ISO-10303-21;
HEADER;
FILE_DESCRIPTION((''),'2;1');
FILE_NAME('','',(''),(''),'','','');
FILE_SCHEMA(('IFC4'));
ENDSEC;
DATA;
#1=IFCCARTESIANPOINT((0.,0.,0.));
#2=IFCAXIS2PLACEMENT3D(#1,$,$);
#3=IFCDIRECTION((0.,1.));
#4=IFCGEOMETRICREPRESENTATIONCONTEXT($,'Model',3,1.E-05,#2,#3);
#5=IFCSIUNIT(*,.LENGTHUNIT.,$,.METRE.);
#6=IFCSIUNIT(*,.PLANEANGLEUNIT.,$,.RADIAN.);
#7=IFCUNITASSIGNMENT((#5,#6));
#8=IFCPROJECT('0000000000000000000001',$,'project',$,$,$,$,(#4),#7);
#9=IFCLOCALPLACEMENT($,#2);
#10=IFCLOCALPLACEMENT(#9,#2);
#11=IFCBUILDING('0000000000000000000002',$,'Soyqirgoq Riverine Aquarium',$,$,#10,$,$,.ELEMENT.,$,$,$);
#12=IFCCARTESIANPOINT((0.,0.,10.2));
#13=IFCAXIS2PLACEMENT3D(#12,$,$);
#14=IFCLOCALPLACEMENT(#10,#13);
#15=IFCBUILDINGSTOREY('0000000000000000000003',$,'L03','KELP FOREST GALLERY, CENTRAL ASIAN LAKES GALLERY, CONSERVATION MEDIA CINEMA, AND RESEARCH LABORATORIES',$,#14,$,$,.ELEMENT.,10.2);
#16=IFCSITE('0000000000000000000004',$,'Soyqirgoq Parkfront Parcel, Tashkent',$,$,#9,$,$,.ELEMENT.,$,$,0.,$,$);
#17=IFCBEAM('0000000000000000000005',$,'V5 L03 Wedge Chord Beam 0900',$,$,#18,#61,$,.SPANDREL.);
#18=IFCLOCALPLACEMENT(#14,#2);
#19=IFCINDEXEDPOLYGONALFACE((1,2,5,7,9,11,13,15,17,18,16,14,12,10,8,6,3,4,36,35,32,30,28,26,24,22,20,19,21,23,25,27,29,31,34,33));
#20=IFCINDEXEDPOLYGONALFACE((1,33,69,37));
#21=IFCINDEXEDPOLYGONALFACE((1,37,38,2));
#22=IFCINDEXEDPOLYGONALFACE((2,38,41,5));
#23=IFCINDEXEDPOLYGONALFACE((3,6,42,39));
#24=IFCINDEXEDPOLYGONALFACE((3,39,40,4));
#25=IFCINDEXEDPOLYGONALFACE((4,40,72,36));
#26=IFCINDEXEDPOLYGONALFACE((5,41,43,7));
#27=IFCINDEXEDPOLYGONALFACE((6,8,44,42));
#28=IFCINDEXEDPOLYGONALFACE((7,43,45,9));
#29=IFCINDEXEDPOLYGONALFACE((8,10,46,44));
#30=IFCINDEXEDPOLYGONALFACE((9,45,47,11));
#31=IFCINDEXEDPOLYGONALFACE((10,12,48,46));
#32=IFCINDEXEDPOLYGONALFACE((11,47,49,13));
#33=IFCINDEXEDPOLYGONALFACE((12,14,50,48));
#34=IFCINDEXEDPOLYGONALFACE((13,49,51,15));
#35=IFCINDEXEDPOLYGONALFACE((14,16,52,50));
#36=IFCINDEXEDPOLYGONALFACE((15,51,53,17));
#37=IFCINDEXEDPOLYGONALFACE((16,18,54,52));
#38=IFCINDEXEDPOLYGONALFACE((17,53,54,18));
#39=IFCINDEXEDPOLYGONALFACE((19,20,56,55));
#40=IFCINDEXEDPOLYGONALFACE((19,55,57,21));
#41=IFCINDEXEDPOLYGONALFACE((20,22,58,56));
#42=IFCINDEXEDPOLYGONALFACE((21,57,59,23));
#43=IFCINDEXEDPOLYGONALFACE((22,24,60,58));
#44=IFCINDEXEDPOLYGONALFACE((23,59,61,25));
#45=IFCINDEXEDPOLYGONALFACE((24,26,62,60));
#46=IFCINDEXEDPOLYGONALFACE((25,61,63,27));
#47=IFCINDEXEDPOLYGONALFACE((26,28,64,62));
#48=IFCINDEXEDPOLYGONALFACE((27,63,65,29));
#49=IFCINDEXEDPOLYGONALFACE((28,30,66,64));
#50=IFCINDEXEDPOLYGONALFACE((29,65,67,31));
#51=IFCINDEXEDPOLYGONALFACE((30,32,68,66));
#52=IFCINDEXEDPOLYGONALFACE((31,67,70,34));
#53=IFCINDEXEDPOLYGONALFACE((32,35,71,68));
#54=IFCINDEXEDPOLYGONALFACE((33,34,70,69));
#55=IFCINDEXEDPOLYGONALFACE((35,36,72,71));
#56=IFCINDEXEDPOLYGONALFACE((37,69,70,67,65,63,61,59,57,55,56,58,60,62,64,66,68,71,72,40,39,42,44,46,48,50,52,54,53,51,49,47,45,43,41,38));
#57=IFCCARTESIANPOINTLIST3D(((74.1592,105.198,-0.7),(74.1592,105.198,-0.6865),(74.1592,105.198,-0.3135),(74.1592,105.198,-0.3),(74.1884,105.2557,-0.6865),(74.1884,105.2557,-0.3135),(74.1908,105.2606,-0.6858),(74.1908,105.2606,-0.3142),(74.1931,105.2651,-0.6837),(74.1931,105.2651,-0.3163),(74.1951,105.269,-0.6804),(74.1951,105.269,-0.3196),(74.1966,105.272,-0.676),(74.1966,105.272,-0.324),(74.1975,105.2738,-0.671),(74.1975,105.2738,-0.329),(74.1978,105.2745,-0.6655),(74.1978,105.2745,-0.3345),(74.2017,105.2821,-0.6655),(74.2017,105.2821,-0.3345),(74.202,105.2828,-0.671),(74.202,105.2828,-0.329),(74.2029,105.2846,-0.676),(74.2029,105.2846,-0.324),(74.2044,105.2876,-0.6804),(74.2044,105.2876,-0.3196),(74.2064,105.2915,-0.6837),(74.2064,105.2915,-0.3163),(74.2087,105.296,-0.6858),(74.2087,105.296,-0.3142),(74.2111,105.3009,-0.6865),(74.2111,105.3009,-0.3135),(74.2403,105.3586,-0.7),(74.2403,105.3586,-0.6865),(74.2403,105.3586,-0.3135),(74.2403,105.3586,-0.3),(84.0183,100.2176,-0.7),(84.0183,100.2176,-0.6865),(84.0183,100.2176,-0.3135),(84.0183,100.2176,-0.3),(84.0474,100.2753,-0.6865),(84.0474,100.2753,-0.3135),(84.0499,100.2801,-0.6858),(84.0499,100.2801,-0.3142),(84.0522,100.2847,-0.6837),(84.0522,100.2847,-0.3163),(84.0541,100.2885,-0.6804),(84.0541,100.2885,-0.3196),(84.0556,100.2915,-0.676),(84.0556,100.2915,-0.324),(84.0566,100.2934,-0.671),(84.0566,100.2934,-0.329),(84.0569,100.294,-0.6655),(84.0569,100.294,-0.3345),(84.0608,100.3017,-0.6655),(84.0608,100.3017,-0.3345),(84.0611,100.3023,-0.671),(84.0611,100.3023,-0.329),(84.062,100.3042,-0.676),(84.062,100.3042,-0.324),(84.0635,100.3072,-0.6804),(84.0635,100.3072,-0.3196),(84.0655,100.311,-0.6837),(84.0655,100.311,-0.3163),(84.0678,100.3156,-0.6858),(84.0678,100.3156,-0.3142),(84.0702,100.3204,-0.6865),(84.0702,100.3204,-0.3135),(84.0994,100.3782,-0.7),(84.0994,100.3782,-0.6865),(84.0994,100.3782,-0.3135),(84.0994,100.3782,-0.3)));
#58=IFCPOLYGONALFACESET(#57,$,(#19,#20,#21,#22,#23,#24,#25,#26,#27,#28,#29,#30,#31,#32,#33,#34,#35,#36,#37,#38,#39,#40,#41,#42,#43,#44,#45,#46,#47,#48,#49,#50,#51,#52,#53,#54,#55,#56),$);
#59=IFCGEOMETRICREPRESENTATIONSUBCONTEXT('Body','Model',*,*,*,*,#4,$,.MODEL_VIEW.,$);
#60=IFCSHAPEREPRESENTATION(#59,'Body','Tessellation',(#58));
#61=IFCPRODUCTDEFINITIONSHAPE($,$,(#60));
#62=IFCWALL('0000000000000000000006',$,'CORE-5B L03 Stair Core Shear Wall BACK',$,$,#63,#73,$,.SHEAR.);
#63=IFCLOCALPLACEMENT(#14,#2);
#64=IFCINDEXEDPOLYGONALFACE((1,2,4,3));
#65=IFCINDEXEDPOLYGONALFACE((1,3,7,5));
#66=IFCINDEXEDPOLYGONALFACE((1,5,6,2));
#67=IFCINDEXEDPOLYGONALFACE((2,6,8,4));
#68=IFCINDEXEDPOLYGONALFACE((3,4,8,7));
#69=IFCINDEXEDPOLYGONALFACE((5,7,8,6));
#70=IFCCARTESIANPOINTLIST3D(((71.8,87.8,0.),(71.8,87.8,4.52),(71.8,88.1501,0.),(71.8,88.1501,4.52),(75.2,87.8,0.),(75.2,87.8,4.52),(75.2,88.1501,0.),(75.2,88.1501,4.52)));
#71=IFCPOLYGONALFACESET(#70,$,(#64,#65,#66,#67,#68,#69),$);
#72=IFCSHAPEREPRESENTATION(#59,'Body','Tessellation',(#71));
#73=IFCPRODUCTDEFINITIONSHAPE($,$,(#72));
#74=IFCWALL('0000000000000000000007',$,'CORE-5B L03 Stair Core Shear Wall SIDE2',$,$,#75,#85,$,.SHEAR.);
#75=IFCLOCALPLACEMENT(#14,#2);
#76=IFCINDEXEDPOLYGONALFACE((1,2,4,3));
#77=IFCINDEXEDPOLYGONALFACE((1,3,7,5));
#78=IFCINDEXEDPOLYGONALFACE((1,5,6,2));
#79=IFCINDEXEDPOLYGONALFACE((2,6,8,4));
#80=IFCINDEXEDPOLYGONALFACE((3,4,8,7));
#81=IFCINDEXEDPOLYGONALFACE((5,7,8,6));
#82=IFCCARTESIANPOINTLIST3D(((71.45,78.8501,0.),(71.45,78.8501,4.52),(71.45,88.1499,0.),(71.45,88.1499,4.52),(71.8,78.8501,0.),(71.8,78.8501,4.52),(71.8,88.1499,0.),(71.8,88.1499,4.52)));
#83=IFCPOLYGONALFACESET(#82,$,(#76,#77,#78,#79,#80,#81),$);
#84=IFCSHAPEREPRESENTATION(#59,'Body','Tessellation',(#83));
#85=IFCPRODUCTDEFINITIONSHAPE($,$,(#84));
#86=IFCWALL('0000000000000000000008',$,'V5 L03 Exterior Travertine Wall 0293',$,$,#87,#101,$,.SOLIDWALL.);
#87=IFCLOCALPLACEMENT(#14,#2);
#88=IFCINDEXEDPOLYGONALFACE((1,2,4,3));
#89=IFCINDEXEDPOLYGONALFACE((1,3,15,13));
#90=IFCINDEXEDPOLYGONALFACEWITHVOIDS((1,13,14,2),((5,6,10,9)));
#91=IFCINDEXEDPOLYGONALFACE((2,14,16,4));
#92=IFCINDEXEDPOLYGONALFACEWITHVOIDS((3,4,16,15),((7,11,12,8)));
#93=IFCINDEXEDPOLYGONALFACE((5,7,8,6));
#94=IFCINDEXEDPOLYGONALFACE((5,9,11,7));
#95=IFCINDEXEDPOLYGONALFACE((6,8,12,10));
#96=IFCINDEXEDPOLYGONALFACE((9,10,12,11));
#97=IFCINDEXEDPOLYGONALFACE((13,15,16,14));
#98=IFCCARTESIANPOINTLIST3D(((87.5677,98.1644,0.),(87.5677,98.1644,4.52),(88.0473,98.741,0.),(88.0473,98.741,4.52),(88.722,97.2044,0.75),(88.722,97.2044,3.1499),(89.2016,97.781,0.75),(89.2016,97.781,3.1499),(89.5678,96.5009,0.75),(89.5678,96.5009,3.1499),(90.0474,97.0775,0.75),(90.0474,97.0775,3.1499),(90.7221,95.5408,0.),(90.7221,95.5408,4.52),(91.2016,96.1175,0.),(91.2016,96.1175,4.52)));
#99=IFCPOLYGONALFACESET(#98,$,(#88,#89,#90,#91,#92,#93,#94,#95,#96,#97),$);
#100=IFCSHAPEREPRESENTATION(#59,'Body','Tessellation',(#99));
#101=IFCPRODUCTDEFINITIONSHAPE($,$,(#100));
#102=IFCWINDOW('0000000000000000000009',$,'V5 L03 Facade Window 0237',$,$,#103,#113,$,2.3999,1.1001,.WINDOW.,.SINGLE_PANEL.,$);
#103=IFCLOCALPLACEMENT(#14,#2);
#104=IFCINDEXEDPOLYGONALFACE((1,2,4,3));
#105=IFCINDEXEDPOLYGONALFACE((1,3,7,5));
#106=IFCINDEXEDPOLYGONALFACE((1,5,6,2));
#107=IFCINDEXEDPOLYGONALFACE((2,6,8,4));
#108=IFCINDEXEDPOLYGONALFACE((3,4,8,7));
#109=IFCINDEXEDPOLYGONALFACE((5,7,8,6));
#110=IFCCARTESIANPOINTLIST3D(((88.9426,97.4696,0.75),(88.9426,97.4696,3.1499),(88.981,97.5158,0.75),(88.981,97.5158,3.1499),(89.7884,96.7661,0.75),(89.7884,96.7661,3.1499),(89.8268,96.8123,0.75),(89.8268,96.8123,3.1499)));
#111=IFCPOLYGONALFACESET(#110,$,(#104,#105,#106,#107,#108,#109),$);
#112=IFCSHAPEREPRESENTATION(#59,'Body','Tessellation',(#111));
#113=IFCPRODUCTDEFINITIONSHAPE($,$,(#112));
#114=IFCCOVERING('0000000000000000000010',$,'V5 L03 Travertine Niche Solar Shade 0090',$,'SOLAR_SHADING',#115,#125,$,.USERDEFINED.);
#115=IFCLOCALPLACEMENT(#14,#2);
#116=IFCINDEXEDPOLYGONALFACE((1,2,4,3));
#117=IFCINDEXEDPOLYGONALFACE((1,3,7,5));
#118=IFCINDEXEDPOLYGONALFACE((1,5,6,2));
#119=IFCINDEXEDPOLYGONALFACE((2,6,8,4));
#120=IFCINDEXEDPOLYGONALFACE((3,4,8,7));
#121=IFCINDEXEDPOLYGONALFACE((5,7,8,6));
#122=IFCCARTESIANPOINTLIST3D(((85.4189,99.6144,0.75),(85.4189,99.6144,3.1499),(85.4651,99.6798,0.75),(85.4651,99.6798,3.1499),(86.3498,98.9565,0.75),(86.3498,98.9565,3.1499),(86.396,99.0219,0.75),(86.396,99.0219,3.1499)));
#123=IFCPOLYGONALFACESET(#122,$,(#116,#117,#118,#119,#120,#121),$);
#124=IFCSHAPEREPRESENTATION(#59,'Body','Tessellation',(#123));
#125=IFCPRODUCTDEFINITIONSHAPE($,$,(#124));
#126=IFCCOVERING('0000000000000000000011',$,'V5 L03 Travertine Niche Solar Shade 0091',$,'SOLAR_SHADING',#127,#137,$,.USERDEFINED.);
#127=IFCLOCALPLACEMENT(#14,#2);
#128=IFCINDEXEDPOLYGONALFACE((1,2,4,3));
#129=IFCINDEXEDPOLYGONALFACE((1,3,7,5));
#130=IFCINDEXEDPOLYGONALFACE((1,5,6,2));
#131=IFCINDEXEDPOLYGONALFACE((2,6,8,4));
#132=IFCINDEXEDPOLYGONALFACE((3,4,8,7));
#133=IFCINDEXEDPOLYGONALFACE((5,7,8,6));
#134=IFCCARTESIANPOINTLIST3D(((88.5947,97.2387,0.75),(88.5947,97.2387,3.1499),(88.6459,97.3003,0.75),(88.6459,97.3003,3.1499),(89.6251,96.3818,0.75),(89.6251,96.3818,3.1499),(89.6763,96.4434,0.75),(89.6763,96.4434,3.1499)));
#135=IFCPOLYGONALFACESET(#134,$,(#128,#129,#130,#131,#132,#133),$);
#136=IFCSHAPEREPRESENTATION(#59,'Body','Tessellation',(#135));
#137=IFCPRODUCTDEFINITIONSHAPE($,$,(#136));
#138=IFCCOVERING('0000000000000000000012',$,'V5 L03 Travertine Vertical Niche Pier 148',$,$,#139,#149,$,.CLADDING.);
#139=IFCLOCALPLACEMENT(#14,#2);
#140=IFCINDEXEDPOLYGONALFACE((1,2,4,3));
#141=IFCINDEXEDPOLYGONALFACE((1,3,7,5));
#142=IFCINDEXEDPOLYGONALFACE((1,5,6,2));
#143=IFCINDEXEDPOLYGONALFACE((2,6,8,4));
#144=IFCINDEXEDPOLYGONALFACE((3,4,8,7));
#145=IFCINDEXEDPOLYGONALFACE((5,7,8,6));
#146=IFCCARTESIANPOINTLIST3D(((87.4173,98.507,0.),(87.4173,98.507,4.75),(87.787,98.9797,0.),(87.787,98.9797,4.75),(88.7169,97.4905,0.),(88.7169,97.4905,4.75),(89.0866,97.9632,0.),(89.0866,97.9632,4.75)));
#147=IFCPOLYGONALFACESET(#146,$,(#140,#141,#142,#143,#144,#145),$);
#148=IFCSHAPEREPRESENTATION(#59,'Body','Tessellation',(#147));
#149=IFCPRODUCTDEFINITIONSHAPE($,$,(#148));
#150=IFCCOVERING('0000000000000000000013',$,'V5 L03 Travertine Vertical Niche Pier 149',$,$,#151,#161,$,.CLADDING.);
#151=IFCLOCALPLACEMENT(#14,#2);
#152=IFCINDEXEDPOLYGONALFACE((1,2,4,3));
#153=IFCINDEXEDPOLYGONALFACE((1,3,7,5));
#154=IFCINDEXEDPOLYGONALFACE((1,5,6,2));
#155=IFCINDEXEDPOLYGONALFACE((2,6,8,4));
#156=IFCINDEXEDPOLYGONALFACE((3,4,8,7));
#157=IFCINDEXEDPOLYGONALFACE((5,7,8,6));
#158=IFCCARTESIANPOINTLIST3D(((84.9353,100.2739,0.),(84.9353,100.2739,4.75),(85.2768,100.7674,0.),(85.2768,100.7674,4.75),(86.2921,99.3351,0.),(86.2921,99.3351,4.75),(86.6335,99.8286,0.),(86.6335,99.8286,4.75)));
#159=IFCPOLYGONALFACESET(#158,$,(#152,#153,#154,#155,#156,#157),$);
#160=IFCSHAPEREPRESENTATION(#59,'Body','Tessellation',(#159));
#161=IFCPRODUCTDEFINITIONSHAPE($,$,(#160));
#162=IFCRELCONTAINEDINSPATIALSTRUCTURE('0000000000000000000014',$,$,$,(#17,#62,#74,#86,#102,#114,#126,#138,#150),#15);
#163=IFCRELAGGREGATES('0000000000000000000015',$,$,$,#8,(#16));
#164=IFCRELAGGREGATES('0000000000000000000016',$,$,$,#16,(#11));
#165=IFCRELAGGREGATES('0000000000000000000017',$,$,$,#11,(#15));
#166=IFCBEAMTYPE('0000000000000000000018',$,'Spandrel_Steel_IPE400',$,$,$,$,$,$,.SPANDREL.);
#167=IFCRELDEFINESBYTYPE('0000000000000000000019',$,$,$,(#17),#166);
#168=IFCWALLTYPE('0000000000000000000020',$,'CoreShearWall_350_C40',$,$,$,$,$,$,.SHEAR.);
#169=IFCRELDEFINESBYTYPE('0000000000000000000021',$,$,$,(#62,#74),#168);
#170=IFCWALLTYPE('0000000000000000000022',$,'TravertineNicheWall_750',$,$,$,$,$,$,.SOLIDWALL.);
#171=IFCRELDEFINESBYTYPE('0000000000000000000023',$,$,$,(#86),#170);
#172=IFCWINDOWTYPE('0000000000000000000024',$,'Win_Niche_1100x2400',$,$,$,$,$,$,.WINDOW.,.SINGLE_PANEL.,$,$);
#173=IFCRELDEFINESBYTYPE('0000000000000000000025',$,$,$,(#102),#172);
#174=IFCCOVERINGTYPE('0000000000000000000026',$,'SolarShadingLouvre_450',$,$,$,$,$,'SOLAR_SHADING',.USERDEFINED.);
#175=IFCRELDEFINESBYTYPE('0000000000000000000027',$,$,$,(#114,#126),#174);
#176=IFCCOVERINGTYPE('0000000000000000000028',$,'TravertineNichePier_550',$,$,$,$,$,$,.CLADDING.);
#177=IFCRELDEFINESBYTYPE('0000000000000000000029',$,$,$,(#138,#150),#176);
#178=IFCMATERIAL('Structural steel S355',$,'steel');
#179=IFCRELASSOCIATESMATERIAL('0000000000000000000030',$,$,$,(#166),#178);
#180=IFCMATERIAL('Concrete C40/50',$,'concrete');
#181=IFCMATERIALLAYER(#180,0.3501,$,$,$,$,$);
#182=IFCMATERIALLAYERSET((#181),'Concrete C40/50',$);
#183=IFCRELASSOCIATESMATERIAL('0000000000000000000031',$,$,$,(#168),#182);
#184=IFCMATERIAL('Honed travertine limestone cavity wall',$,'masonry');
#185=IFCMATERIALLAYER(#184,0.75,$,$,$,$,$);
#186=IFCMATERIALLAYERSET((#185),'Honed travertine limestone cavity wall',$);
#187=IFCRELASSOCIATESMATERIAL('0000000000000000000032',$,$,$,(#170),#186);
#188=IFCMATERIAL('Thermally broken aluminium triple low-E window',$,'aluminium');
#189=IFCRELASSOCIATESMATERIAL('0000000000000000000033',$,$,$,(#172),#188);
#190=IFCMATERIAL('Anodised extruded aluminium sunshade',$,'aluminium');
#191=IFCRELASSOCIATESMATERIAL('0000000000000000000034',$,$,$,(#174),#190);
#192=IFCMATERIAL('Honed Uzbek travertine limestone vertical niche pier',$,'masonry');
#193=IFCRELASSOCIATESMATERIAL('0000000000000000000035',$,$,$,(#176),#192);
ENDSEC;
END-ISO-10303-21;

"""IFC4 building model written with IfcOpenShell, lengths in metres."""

from ifc_helpers import new_model, si_unit, direction, frame, frame_2d, origin, origin_2d, place, context, subcontext, project, spatial, rectangle, i_section, extrude, material, layer, layer_set, material_profile, profile_set, type_object, element, fill, save


model = new_model("IFC4")

# Units and contexts
model_context = context("Model", 3, precision=1e-05, world=origin(), true_north=direction((0.0, 1.0)))
body_context = subcontext(model_context, "Body", "Model", "MODEL_VIEW")
ifc_project = project(units=[si_unit("LENGTHUNIT", "METRE"), si_unit("PLANEANGLEUNIT", "RADIAN")], contexts=[model_context])

# Site, building, storey
site_placement = place(None, origin())
site = spatial("IfcSite", under=ifc_project, at=site_placement, Name="Soyqirgoq Parkfront Parcel, Tashkent", CompositionType="ELEMENT", RefElevation=0.0)
building_placement = place(site_placement, origin())
building = spatial("IfcBuilding", under=site, at=building_placement, Name="Soyqirgoq Riverine Aquarium", CompositionType="ELEMENT")
storey_placement = place(building_placement, frame((0.0, 0.0, 10.2)))
storey = spatial("IfcBuildingStorey", under=building, at=storey_placement, Name="L03", Description="KELP FOREST GALLERY, CENTRAL ASIAN LAKES GALLERY, CONSERVATION MEDIA CINEMA, AND RESEARCH LABORATORIES", CompositionType="ELEMENT", Elevation=10.2)

# Beam
ifc_material_1 = material(Name="Structural steel S355", Category="steel")
ifc_material_profile_1 = material_profile(ifc_material_1, i_section(OverallWidth=0.1799, OverallDepth=0.3999, WebThickness=0.0085, FlangeThickness=0.0134, FilletRadius=0.021, at=origin_2d()), Name="IPE 400")
ifc_profile_set_1 = profile_set([ifc_material_profile_1], Name="Structural steel S355")
beam_type_1 = type_object("IfcBeamType", Name="Spandrel_Steel_IPE400", PredefinedType="SPANDREL", material=ifc_profile_set_1)
beam_1_placement = place(storey_placement, frame((84.0588, 100.2979, -0.5), z_axis=(-0.892576, 0.450897, 0.0), x_axis=(-0.450897, -0.892576, 0.0)))
element("IfcBeam", 1, at=beam_1_placement, inside=storey, type_object=beam_type_1, Name="V5 L03 Wedge Chord Beam 0900", PredefinedType="SPANDREL", context=body_context, shape_type="SweptSolid", body=[
    extrude(i_section(OverallWidth=0.1799, OverallDepth=0.3999, WebThickness=0.0085, FlangeThickness=0.0134, FilletRadius=0.021, at=origin_2d()), origin(), (0.0, 0.0, 1.0), 11.0457),
])

# Walls
ifc_material_2 = material(Name="Concrete C40/50", Category="concrete")
ifc_layer_1 = layer(ifc_material_2, 0.3501)
ifc_layer_set_1 = layer_set([ifc_layer_1], Name="Concrete C40/50")
wall_type_1 = type_object("IfcWallType", Name="CoreShearWall_350_C40", PredefinedType="SHEAR", material=ifc_layer_set_1)
wall_1_placement = place(storey_placement, frame((75.2, 87.9751, 0.0), z_axis=(0.0, 0.0, 1.0), x_axis=(-1.0, 0.0, 0.0)))
element("IfcWall", 2, at=wall_1_placement, inside=storey, type_object=wall_type_1, Name="CORE-5B L03 Stair Core Shear Wall BACK", PredefinedType="SHEAR", context=body_context, shape_type="SweptSolid", body=[
    extrude(rectangle(XDim=3.3999, YDim=0.3501, at=frame_2d((1.7, 0.0))), origin(), (0.0, 0.0, 1.0), 4.52),
])
wall_2_placement = place(storey_placement, frame((71.625, 88.1499, 0.0), z_axis=(0.0, 0.0, 1.0), x_axis=(0.0, -1.0, 0.0)))
element("IfcWall", 3, at=wall_2_placement, inside=storey, type_object=wall_type_1, Name="CORE-5B L03 Stair Core Shear Wall SIDE2", PredefinedType="SHEAR", context=body_context, shape_type="SweptSolid", body=[
    extrude(rectangle(XDim=9.2998, YDim=0.3501, at=frame_2d((4.6499, 0.0))), origin(), (0.0, 0.0, 1.0), 4.52),
])

# Wall, opening, window
ifc_material_3 = material(Name="Honed travertine limestone cavity wall", Category="masonry")
ifc_layer_2 = layer(ifc_material_3, 0.75)
ifc_layer_set_2 = layer_set([ifc_layer_2], Name="Honed travertine limestone cavity wall")
wall_type_2 = type_object("IfcWallType", Name="TravertineNicheWall_750", PredefinedType="SOLIDWALL", material=ifc_layer_set_2)
wall_3_placement = place(storey_placement, frame((87.8076, 98.4526, 0.0), z_axis=(0.0, 0.0, 1.0), x_axis=(0.768826, -0.639458, 0.0)))
wall_3 = element("IfcWall", 4, at=wall_3_placement, inside=storey, type_object=wall_type_2, Name="V5 L03 Exterior Travertine Wall 0293", PredefinedType="SOLIDWALL", context=body_context, shape_type="SweptSolid", body=[
    extrude(rectangle(XDim=4.1028, YDim=0.75, at=frame_2d((2.0513, 0.0))), origin(), (0.0, 0.0, 1.0), 4.52),
])
opening_placement = place(wall_3_placement, frame((1.5012, 0.0, 0.75)))
opening = element("IfcOpeningElement", 5, at=opening_placement, cuts=wall_3, PredefinedType="OPENING", context=body_context, shape_type="SweptSolid", body=[
    extrude(rectangle(XDim=1.1001, YDim=2.3999, at=frame_2d((0.55, 1.2))), frame((0.0, 0.385, 0.0), z_axis=(0.0, -1.0, 0.0), x_axis=(1.0, 0.0, 0.0)), (0.0, 0.0, 1.0), 0.77),
])
ifc_material_4 = material(Name="Thermally broken aluminium triple low-E window", Category="aluminium")
window_type = type_object("IfcWindowType", Name="Win_Niche_1100x2400", PartitioningType="SINGLE_PANEL", PredefinedType="WINDOW", material=ifc_material_4)
window_placement = place(opening_placement, origin())
window = element("IfcWindow", 6, at=window_placement, inside=storey, type_object=window_type, Name="V5 L03 Facade Window 0237", OverallHeight=2.3999, OverallWidth=1.1001, PartitioningType="SINGLE_PANEL", PredefinedType="WINDOW", context=body_context, shape_type="SweptSolid", body=[
    extrude(rectangle(XDim=1.1001, YDim=2.3999, at=frame_2d((0.55, 1.2))), frame((0.0, 0.03, 0.0), z_axis=(0.0, -1.0, 0.0), x_axis=(1.0, 0.0, 0.0)), (0.0, 0.0, 1.0), 0.0601),
])
fill(opening, window)

# Coverings
ifc_material_5 = material(Name="Anodised extruded aluminium sunshade", Category="aluminium")
covering_type_1 = type_object("IfcCoveringType", Name="SolarShadingLouvre_450", ElementType="SOLAR_SHADING", PredefinedType="USERDEFINED", material=ifc_material_5)
covering_1_placement = place(storey_placement, frame((85.9075, 99.3181, 0.75), z_axis=(0.0, 0.0, 1.0), x_axis=(0.816642, -0.577145, 0.0)))
element("IfcCovering", 7, at=covering_1_placement, inside=storey, type_object=covering_type_1, Name="V5 L03 Travertine Niche Solar Shade 0090", ObjectType="SOLAR_SHADING", PredefinedType="USERDEFINED", context=body_context, shape_type="SweptSolid", body=[
    extrude(rectangle(XDim=1.1399, YDim=0.0801, at=origin_2d()), origin(), (0.0, 0.0, 1.0), 2.3999),
])
covering_2_placement = place(storey_placement, frame((89.1355, 96.8411, 0.75), z_axis=(0.0, 0.0, 1.0), x_axis=(0.768842, -0.639439, 0.0)))
element("IfcCovering", 8, at=covering_2_placement, inside=storey, type_object=covering_type_1, Name="V5 L03 Travertine Niche Solar Shade 0091", ObjectType="SOLAR_SHADING", PredefinedType="USERDEFINED", context=body_context, shape_type="SweptSolid", body=[
    extrude(rectangle(XDim=1.3401, YDim=0.0801, at=origin_2d()), origin(), (0.0, 0.0, 1.0), 2.3999),
])
ifc_material_6 = material(Name="Honed Uzbek travertine limestone vertical niche pier", Category="masonry")
covering_type_2 = type_object("IfcCoveringType", Name="TravertineNichePier_550", PredefinedType="CLADDING", material=ifc_material_6)
for number, where, z_axis, x_axis, name in (
    (9, (88.252, 98.2351, 0.0), (0.0, 0.0, 1.0), (0.616074, 0.787688, 0.0), "V5 L03 Travertine Vertical Niche Pier 148"),
    (10, (85.7844, 100.0513, 0.0), (0.0, 0.0, 1.0), (0.568993, 0.822343, 0.0), "V5 L03 Travertine Vertical Niche Pier 149"),
):
    element("IfcCovering", number, at=place(storey_placement, frame(where, z_axis=z_axis, x_axis=x_axis)), inside=storey, type_object=covering_type_2, Name=name, PredefinedType="CLADDING", context=body_context, shape_type="SweptSolid", body=[
        extrude(rectangle(XDim=0.6001, YDim=1.6499, at=origin_2d()), origin(), (0.0, 0.0, 1.0), 4.75),
    ])

save(model, "model.ifc")
